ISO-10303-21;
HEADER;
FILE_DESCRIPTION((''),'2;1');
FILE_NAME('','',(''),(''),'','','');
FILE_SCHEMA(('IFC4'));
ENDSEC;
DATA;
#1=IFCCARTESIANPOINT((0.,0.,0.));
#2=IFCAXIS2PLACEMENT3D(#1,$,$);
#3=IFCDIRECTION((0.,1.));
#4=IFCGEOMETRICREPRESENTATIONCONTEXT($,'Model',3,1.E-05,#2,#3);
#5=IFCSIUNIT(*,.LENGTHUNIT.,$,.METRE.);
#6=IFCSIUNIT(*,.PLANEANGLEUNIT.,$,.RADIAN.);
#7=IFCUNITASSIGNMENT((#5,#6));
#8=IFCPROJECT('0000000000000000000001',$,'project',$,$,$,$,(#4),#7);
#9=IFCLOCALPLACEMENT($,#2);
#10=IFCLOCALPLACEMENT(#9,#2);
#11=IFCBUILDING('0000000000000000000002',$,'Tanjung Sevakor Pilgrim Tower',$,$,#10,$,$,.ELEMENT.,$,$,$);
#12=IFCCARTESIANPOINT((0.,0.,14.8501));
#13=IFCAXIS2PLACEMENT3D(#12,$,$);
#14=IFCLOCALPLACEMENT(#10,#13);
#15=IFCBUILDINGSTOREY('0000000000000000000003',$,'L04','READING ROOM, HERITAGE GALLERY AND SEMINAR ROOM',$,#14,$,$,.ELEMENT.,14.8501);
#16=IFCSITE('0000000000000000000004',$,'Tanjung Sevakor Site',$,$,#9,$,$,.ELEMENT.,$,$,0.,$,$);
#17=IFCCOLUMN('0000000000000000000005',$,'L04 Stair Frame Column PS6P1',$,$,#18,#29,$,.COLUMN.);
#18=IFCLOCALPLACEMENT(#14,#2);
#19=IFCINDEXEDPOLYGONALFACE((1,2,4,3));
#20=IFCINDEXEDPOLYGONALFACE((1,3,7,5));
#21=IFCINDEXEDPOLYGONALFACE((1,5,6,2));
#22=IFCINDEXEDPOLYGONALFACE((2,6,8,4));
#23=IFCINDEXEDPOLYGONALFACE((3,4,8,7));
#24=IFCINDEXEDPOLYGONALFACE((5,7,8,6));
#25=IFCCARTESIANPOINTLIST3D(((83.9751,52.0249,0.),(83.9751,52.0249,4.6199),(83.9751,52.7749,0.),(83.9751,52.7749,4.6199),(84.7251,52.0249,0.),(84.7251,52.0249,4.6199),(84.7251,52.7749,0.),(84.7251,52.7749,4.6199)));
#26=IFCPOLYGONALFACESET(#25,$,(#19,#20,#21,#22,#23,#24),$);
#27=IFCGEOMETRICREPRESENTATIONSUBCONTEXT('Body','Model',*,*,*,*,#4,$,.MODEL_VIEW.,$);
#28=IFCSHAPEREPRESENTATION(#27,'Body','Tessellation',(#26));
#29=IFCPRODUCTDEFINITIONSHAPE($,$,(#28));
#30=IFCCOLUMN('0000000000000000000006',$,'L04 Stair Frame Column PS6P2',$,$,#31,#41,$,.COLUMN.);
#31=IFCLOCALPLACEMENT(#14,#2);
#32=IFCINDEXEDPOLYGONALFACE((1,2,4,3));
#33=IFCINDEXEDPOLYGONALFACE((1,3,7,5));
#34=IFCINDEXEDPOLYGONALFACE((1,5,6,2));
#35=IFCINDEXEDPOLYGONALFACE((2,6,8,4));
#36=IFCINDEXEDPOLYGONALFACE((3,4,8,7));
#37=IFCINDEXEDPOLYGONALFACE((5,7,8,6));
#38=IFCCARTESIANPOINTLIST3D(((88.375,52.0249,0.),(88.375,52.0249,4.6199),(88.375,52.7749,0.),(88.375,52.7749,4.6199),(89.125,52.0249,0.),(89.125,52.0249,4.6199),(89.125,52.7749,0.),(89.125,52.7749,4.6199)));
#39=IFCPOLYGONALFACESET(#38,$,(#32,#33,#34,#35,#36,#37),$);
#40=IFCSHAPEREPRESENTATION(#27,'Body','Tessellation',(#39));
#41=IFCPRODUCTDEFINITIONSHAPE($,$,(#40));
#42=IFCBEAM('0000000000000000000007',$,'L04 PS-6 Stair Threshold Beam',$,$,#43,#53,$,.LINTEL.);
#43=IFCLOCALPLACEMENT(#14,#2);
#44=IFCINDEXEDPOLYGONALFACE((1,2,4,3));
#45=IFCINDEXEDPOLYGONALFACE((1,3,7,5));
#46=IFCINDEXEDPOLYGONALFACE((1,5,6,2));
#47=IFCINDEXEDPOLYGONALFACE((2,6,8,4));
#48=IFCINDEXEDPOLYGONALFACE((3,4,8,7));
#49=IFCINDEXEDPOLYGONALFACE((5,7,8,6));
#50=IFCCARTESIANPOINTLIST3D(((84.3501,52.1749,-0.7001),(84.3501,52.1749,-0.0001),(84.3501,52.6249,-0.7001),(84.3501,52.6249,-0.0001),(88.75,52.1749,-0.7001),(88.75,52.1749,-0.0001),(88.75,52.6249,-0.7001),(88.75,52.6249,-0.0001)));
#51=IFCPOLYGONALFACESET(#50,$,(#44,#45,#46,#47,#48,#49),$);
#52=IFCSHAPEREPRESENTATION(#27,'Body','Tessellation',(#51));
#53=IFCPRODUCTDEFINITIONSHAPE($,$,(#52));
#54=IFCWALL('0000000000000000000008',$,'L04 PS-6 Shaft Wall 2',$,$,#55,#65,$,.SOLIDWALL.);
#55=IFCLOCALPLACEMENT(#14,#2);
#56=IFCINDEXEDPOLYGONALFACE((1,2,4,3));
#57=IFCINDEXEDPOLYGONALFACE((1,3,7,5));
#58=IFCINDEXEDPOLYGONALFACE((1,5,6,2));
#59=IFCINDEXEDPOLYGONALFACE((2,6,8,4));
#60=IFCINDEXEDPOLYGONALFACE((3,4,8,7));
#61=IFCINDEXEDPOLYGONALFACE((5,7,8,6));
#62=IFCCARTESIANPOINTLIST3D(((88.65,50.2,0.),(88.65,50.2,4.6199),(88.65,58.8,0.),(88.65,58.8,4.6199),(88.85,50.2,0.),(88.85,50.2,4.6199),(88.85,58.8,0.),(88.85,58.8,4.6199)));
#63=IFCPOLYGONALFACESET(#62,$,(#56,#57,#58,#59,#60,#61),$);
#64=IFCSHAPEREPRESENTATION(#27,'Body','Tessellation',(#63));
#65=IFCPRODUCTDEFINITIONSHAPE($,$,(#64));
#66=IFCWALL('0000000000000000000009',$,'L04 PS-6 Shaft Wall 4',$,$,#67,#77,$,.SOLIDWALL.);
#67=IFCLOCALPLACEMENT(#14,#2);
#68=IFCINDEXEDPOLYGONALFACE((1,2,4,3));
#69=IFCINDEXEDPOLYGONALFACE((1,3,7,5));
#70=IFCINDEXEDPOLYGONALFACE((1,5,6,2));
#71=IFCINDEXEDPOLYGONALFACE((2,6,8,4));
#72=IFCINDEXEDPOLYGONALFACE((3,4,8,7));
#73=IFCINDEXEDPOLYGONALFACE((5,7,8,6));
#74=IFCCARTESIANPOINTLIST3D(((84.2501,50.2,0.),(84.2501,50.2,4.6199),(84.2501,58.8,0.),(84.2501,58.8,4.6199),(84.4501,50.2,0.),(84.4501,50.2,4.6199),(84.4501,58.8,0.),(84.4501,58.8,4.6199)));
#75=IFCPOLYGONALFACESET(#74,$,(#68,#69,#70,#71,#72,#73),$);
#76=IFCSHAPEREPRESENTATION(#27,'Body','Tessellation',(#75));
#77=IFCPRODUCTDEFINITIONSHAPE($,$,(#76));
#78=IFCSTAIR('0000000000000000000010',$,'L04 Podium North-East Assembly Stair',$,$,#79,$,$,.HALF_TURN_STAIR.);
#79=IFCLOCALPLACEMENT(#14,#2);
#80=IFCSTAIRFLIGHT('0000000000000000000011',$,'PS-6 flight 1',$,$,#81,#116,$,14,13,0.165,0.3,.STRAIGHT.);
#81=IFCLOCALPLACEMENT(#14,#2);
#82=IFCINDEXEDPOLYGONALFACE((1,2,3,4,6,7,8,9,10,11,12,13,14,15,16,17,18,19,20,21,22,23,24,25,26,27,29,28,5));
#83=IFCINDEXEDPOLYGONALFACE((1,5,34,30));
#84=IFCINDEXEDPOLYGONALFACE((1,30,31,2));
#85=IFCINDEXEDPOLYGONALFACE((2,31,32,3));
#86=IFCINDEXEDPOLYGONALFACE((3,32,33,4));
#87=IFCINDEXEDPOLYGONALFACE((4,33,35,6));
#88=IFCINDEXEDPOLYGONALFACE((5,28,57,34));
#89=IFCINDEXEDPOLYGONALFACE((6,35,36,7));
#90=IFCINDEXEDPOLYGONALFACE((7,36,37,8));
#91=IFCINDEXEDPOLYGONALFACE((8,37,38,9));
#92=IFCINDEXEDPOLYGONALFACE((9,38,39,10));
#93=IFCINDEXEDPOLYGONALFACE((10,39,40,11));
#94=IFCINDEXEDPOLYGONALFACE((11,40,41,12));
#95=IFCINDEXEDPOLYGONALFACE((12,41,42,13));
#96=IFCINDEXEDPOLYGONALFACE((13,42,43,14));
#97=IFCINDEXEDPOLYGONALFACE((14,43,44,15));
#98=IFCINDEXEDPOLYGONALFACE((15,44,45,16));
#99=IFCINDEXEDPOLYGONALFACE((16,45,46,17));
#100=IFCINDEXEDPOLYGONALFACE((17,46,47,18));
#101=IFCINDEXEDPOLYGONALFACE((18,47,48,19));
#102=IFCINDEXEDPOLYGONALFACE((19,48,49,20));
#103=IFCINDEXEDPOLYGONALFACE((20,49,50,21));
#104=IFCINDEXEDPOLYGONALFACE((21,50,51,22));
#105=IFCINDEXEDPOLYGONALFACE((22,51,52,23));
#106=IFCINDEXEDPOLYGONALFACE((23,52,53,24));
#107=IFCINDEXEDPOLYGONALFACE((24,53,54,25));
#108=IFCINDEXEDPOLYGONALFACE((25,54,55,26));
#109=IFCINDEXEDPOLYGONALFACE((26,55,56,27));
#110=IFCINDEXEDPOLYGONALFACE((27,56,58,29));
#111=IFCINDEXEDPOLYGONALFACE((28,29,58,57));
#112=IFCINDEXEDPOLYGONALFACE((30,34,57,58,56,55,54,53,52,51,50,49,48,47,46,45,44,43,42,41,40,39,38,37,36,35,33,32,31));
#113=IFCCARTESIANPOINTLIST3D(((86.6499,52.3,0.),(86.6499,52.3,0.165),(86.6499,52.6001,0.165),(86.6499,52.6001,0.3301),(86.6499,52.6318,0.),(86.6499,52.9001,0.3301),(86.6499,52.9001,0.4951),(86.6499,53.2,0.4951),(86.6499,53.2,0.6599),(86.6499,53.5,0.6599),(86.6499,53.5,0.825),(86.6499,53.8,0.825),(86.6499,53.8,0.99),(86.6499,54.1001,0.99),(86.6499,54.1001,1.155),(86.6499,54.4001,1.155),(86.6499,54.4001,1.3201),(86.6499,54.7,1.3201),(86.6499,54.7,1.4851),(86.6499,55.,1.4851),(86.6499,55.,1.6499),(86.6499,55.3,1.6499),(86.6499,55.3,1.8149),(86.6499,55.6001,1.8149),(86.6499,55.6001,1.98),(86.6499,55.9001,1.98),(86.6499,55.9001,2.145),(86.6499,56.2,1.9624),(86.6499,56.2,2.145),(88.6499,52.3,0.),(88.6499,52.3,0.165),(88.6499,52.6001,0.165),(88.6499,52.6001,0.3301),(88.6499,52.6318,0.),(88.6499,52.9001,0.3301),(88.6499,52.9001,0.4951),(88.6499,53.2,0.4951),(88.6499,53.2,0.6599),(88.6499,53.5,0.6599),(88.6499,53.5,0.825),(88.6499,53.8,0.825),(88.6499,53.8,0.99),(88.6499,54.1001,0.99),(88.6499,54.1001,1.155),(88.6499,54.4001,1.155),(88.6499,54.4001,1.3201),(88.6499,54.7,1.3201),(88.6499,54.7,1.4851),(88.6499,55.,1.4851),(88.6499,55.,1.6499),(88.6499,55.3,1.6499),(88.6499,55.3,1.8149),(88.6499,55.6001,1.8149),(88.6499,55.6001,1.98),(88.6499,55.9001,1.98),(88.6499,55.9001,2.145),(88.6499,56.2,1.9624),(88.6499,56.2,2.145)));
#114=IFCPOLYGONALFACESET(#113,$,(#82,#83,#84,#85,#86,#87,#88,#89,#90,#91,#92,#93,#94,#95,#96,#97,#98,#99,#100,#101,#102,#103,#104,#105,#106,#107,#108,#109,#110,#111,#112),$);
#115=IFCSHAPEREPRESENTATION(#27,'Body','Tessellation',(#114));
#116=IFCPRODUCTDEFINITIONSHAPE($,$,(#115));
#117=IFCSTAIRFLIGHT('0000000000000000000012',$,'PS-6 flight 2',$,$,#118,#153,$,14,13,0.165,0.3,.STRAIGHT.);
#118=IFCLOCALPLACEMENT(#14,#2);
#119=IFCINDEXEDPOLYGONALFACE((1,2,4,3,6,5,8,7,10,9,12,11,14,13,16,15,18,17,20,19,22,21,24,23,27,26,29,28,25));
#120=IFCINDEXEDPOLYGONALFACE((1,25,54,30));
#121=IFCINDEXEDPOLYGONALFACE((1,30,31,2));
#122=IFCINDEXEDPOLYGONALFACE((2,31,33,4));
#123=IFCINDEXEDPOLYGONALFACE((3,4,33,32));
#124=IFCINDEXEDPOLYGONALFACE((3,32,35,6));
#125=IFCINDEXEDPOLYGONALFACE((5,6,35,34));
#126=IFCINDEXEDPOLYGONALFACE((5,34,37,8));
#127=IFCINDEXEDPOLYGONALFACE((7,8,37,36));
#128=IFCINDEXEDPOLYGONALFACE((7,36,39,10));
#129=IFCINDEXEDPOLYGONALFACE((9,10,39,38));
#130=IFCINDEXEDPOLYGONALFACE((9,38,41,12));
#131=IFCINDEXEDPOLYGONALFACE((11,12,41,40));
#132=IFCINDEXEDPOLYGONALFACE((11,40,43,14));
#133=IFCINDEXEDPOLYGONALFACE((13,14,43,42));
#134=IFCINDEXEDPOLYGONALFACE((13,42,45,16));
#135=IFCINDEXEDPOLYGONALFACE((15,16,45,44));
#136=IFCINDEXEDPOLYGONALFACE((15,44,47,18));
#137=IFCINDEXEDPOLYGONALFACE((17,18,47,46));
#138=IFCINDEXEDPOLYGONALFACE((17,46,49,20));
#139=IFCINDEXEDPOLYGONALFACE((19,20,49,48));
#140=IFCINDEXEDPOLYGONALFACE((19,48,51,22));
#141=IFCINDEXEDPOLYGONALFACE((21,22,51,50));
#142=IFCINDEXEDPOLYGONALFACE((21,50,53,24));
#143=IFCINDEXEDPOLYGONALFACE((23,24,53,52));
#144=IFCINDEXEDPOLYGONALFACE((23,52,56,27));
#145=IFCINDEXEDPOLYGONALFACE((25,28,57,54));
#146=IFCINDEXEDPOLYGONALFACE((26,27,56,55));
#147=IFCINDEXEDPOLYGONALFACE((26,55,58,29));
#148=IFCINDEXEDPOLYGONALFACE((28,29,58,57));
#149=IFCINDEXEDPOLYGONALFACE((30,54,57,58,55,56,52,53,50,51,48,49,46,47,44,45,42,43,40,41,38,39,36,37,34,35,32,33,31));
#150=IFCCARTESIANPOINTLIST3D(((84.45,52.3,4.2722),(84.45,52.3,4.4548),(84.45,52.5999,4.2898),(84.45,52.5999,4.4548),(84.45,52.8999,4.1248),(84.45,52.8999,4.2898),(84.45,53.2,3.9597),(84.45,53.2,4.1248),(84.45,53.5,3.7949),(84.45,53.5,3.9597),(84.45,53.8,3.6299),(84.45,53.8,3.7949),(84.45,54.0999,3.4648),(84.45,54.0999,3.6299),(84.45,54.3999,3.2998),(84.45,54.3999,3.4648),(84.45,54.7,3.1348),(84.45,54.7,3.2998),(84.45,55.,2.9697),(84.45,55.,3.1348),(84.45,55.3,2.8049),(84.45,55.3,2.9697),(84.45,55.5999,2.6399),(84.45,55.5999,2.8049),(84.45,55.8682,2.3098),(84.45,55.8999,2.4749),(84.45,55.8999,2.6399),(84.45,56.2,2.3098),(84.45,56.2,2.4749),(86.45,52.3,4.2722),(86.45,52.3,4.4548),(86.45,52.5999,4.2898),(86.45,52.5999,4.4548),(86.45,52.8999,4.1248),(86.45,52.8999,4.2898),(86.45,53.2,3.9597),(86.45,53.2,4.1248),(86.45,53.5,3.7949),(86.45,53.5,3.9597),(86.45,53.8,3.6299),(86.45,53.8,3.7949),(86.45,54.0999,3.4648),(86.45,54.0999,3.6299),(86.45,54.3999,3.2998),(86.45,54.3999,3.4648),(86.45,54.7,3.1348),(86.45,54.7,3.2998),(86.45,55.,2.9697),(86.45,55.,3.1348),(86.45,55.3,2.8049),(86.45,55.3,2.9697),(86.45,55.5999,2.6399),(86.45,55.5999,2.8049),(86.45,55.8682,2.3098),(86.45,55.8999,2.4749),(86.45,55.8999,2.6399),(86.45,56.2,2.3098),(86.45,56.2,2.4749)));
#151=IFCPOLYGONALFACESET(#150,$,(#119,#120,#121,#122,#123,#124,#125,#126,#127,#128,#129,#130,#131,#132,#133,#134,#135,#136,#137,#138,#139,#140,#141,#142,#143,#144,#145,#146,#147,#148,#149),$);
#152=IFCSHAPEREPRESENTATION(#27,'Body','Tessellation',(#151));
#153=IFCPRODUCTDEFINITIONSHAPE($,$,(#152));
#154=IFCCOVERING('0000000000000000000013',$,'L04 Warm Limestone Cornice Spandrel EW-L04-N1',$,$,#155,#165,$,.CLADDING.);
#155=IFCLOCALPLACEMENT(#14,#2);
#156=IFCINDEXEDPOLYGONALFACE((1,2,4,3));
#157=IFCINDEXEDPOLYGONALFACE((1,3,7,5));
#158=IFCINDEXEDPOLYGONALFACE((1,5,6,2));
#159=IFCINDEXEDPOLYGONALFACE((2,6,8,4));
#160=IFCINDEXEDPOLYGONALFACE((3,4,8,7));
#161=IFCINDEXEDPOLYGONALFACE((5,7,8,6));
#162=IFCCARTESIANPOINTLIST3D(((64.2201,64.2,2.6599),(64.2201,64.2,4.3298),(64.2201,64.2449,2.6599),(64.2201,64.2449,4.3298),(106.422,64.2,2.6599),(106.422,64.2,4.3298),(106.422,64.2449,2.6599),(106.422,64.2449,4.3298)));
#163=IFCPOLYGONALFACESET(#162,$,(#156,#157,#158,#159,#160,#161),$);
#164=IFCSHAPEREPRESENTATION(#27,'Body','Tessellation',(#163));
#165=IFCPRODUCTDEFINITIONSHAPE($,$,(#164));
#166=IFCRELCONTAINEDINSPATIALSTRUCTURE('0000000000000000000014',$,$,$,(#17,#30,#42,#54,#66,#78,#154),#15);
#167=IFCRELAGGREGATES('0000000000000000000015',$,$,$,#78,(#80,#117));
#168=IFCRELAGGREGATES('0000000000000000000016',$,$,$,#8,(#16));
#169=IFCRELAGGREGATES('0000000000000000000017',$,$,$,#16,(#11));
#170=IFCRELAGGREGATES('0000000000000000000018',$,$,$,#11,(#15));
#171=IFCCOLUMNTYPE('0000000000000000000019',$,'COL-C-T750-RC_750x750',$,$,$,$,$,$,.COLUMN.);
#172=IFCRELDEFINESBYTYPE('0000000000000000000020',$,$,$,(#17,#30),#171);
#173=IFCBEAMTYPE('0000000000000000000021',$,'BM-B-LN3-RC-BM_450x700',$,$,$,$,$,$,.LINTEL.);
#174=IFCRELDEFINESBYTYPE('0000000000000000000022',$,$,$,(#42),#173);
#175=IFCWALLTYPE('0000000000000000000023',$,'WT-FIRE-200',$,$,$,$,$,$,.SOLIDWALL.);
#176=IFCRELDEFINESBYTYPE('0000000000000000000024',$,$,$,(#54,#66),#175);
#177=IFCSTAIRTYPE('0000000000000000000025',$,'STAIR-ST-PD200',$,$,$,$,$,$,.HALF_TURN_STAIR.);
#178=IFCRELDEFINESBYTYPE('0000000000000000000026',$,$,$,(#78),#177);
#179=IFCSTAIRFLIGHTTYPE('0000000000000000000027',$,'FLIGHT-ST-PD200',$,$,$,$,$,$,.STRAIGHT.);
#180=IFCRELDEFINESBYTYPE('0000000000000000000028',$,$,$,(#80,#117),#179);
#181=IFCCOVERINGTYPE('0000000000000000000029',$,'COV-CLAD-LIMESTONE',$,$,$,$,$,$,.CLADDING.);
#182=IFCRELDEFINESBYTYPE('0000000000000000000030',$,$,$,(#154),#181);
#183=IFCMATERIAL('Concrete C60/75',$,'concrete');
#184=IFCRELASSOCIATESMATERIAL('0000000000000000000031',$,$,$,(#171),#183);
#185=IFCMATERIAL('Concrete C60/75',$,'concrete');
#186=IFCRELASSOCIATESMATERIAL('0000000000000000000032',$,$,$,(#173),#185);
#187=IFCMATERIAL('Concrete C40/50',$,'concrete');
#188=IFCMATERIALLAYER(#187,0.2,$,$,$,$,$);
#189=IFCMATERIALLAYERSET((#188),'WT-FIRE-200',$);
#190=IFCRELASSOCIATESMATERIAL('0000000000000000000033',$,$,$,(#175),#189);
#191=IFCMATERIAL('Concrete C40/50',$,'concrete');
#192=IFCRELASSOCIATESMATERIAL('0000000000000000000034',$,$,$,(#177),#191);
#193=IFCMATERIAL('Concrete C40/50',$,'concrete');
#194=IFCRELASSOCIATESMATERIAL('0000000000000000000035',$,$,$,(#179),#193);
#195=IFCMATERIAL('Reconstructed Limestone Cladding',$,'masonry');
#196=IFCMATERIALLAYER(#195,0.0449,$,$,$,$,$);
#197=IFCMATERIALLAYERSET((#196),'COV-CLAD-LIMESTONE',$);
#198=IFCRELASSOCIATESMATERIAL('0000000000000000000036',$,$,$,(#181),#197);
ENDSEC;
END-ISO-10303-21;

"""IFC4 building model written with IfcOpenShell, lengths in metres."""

from ifc_helpers import new_model, si_unit, direction, frame, frame_2d, origin, origin_2d, place, context, subcontext, project, spatial, polyline, rectangle, outline, extrude, material, layer, layer_set, material_profile, profile_set, type_object, element, aggregate, save


model = new_model("IFC4")

# Units and contexts
model_context = context("Model", 3, precision=1e-05, world=origin(), true_north=direction((0.0, 1.0)))
body_context = subcontext(model_context, "Body", "Model", "MODEL_VIEW")
ifc_project = project(units=[si_unit("LENGTHUNIT", "METRE"), si_unit("PLANEANGLEUNIT", "RADIAN")], contexts=[model_context])

# Site, building, storey
site_placement = place(None, origin())
site = spatial("IfcSite", under=ifc_project, at=site_placement, Name="Tanjung Sevakor Site", CompositionType="ELEMENT", RefElevation=0.0)
building_placement = place(site_placement, origin())
building = spatial("IfcBuilding", under=site, at=building_placement, Name="Tanjung Sevakor Pilgrim Tower", CompositionType="ELEMENT")
storey_placement = place(building_placement, frame((0.0, 0.0, 14.8501)))
storey = spatial("IfcBuildingStorey", under=building, at=storey_placement, Name="L04", Description="READING ROOM, HERITAGE GALLERY AND SEMINAR ROOM", CompositionType="ELEMENT", Elevation=14.8501)

# Columns
ifc_material_1 = material(Name="Concrete C60/75", Category="concrete")
ifc_material_profile_1 = material_profile(ifc_material_1, rectangle(XDim=0.75, YDim=0.75, at=origin_2d()))
ifc_profile_set_1 = profile_set([ifc_material_profile_1], Name="Concrete C60/75")
column_type = type_object("IfcColumnType", Name="COL-C-T750-RC_750x750", PredefinedType="COLUMN", material=ifc_profile_set_1)
for number, where, z_axis, x_axis, name in (
    (1, (84.3501, 52.3999, 0.0), (0.0, 0.0, 1.0), (1.0, 0.0, 0.0), "L04 Stair Frame Column PS6P1"),
    (2, (88.75, 52.3999, 0.0), (0.0, 0.0, 1.0), (1.0, 0.0, 0.0), "L04 Stair Frame Column PS6P2"),
):
    element("IfcColumn", number, at=place(storey_placement, frame(where, z_axis=z_axis, x_axis=x_axis)), inside=storey, type_object=column_type, Name=name, PredefinedType="COLUMN", context=body_context, shape_type="SweptSolid", body=[
        extrude(rectangle(XDim=0.75, YDim=0.75, at=origin_2d()), origin(), (0.0, 0.0, 1.0), 4.6199),
    ])

# Beam
ifc_material_2 = material(Name="Concrete C60/75", Category="concrete")
ifc_material_profile_2 = material_profile(ifc_material_2, rectangle(XDim=0.45, YDim=0.7, at=origin_2d()))
ifc_profile_set_2 = profile_set([ifc_material_profile_2], Name="Concrete C60/75")
beam_type = type_object("IfcBeamType", Name="BM-B-LN3-RC-BM_450x700", PredefinedType="LINTEL", material=ifc_profile_set_2)
beam_placement = place(storey_placement, frame((84.3501, 52.3999, -0.3501), z_axis=(1.0, 0.0, 0.0), x_axis=(0.0, 1.0, 0.0)))
element("IfcBeam", 3, at=beam_placement, inside=storey, type_object=beam_type, Name="L04 PS-6 Stair Threshold Beam", PredefinedType="LINTEL", context=body_context, shape_type="SweptSolid", body=[
    extrude(rectangle(XDim=0.45, YDim=0.7, at=origin_2d()), origin(), (0.0, 0.0, 1.0), 4.3999),
])

# Shared definitions
ifc_material_3 = material(Name="Concrete C40/50", Category="concrete")
ifc_layer_1 = layer(ifc_material_3, 0.2)
ifc_layer_set_1 = layer_set([ifc_layer_1], Name="WT-FIRE-200")
wall_type = type_object("IfcWallType", Name="WT-FIRE-200", PredefinedType="SOLIDWALL", material=ifc_layer_set_1)

# Walls
for number, where, z_axis, x_axis, name in (
    (4, (88.75, 50.2, 0.0), (0.0, 0.0, 1.0), (0.0, 1.0, 0.0), "L04 PS-6 Shaft Wall 2"),
    (5, (84.3501, 58.8, 0.0), (0.0, 0.0, 1.0), (0.0, -1.0, 0.0), "L04 PS-6 Shaft Wall 4"),
):
    element("IfcWall", number, at=place(storey_placement, frame(where, z_axis=z_axis, x_axis=x_axis)), inside=storey, type_object=wall_type, Name=name, PredefinedType="SOLIDWALL", context=body_context, shape_type="SweptSolid", body=[
        extrude(rectangle(XDim=8.6001, YDim=0.2, at=frame_2d((4.3, 0.0))), origin(), (0.0, 0.0, 1.0), 4.6199),
    ])

# Stair, stair flights
ifc_material_4 = material(Name="Concrete C40/50", Category="concrete")
stair_type = type_object("IfcStairType", Name="STAIR-ST-PD200", PredefinedType="HALF_TURN_STAIR", material=ifc_material_4)
stair_placement = place(storey_placement, origin())
stair = element("IfcStair", 6, at=stair_placement, inside=storey, type_object=stair_type, Name="L04 Podium North-East Assembly Stair", PredefinedType="HALF_TURN_STAIR")
ifc_material_5 = material(Name="Concrete C40/50", Category="concrete")
stair_flight_type = type_object("IfcStairFlightType", Name="FLIGHT-ST-PD200", PredefinedType="STRAIGHT", material=ifc_material_5)
stair_flight_1_placement = place(storey_placement, frame((87.6499, 52.3, 0.0), z_axis=(0.0, 0.0, 1.0), x_axis=(0.0, 1.0, 0.0)))
stair_flight_1 = element("IfcStairFlight", 7, at=stair_flight_1_placement, type_object=stair_flight_type, Name="PS-6 flight 1", NumberOfRisers=14, NumberOfTreads=13, PredefinedType="STRAIGHT", RiserHeight=0.165, TreadLength=0.3, context=body_context, shape_type="SweptSolid", body=[
    extrude(outline(polyline([(0.0, 0.0), (0.0, 0.165), (0.3, 0.165), (0.3, 0.3301), (0.6001, 0.3301), (0.6001, 0.4951), (0.8999, 0.4951), (0.8999, 0.6599), (1.2, 0.6599), (1.2, 0.825), (1.5, 0.825), (1.5, 0.99), (1.8, 0.99), (1.8, 1.155), (2.1001, 1.155), (2.1001, 1.3201), (2.3999, 1.3201), (2.3999, 1.4851), (2.7, 1.4851), (2.7, 1.6499), (3.0, 1.6499), (3.0, 1.8149), (3.3, 1.8149), (3.3, 1.98), (3.6001, 1.98), (3.6001, 2.145), (3.8999, 2.145), (3.8999, 2.3101), (3.8999, 1.9624), (0.3318, 0.0), (0.0, 0.0)])), frame((0.0, 1.0, 0.0), z_axis=(0.0, -1.0, 0.0), x_axis=(1.0, 0.0, 0.0)), (0.0, 0.0, 1.0), 2.0),
])
stair_flight_2_placement = place(storey_placement, frame((85.45, 56.2, 2.3098), z_axis=(0.0, 0.0, 1.0), x_axis=(0.0, -1.0, 0.0)))
stair_flight_2 = element("IfcStairFlight", 8, at=stair_flight_2_placement, type_object=stair_flight_type, Name="PS-6 flight 2", NumberOfRisers=14, NumberOfTreads=13, PredefinedType="STRAIGHT", RiserHeight=0.165, TreadLength=0.3, context=body_context, shape_type="SweptSolid", body=[
    extrude(outline(polyline([(0.0, 0.0), (0.0, 0.165), (0.3, 0.165), (0.3, 0.3301), (0.6001, 0.3301), (0.6001, 0.4951), (0.8999, 0.4951), (0.8999, 0.6599), (1.2, 0.6599), (1.2, 0.825), (1.5, 0.825), (1.5, 0.99), (1.8, 0.99), (1.8, 1.155), (2.1001, 1.155), (2.1001, 1.3201), (2.3999, 1.3201), (2.3999, 1.4851), (2.7, 1.4851), (2.7, 1.6499), (3.0, 1.6499), (3.0, 1.8149), (3.3, 1.8149), (3.3, 1.98), (3.6001, 1.98), (3.6001, 2.145), (3.8999, 2.145), (3.8999, 2.3101), (3.8999, 1.9624), (0.3318, 0.0), (0.0, 0.0)])), frame((0.0, 1.0, 0.0), z_axis=(0.0, -1.0, 0.0), x_axis=(1.0, 0.0, 0.0)), (0.0, 0.0, 1.0), 2.0),
])
aggregate(stair, [stair_flight_1, stair_flight_2])

# Covering
ifc_material_6 = material(Name="Reconstructed Limestone Cladding", Category="masonry")
ifc_layer_2 = layer(ifc_material_6, 0.0449)
ifc_layer_set_2 = layer_set([ifc_layer_2], Name="COV-CLAD-LIMESTONE")
covering_type = type_object("IfcCoveringType", Name="COV-CLAD-LIMESTONE", PredefinedType="CLADDING", material=ifc_layer_set_2)
covering_placement = place(storey_placement, frame((85.321, 64.2224, 2.6599), z_axis=(0.0, 0.0, 1.0), x_axis=(-1.0, 0.0, 0.0)))
element("IfcCovering", 9, at=covering_placement, inside=storey, type_object=covering_type, Name="L04 Warm Limestone Cornice Spandrel EW-L04-N1", PredefinedType="CLADDING", context=body_context, shape_type="SweptSolid", body=[
    extrude(rectangle(XDim=42.2019, YDim=0.0449, at=origin_2d()), origin(), (0.0, 0.0, 1.0), 1.6699),
])

save(model, "model.ifc")
